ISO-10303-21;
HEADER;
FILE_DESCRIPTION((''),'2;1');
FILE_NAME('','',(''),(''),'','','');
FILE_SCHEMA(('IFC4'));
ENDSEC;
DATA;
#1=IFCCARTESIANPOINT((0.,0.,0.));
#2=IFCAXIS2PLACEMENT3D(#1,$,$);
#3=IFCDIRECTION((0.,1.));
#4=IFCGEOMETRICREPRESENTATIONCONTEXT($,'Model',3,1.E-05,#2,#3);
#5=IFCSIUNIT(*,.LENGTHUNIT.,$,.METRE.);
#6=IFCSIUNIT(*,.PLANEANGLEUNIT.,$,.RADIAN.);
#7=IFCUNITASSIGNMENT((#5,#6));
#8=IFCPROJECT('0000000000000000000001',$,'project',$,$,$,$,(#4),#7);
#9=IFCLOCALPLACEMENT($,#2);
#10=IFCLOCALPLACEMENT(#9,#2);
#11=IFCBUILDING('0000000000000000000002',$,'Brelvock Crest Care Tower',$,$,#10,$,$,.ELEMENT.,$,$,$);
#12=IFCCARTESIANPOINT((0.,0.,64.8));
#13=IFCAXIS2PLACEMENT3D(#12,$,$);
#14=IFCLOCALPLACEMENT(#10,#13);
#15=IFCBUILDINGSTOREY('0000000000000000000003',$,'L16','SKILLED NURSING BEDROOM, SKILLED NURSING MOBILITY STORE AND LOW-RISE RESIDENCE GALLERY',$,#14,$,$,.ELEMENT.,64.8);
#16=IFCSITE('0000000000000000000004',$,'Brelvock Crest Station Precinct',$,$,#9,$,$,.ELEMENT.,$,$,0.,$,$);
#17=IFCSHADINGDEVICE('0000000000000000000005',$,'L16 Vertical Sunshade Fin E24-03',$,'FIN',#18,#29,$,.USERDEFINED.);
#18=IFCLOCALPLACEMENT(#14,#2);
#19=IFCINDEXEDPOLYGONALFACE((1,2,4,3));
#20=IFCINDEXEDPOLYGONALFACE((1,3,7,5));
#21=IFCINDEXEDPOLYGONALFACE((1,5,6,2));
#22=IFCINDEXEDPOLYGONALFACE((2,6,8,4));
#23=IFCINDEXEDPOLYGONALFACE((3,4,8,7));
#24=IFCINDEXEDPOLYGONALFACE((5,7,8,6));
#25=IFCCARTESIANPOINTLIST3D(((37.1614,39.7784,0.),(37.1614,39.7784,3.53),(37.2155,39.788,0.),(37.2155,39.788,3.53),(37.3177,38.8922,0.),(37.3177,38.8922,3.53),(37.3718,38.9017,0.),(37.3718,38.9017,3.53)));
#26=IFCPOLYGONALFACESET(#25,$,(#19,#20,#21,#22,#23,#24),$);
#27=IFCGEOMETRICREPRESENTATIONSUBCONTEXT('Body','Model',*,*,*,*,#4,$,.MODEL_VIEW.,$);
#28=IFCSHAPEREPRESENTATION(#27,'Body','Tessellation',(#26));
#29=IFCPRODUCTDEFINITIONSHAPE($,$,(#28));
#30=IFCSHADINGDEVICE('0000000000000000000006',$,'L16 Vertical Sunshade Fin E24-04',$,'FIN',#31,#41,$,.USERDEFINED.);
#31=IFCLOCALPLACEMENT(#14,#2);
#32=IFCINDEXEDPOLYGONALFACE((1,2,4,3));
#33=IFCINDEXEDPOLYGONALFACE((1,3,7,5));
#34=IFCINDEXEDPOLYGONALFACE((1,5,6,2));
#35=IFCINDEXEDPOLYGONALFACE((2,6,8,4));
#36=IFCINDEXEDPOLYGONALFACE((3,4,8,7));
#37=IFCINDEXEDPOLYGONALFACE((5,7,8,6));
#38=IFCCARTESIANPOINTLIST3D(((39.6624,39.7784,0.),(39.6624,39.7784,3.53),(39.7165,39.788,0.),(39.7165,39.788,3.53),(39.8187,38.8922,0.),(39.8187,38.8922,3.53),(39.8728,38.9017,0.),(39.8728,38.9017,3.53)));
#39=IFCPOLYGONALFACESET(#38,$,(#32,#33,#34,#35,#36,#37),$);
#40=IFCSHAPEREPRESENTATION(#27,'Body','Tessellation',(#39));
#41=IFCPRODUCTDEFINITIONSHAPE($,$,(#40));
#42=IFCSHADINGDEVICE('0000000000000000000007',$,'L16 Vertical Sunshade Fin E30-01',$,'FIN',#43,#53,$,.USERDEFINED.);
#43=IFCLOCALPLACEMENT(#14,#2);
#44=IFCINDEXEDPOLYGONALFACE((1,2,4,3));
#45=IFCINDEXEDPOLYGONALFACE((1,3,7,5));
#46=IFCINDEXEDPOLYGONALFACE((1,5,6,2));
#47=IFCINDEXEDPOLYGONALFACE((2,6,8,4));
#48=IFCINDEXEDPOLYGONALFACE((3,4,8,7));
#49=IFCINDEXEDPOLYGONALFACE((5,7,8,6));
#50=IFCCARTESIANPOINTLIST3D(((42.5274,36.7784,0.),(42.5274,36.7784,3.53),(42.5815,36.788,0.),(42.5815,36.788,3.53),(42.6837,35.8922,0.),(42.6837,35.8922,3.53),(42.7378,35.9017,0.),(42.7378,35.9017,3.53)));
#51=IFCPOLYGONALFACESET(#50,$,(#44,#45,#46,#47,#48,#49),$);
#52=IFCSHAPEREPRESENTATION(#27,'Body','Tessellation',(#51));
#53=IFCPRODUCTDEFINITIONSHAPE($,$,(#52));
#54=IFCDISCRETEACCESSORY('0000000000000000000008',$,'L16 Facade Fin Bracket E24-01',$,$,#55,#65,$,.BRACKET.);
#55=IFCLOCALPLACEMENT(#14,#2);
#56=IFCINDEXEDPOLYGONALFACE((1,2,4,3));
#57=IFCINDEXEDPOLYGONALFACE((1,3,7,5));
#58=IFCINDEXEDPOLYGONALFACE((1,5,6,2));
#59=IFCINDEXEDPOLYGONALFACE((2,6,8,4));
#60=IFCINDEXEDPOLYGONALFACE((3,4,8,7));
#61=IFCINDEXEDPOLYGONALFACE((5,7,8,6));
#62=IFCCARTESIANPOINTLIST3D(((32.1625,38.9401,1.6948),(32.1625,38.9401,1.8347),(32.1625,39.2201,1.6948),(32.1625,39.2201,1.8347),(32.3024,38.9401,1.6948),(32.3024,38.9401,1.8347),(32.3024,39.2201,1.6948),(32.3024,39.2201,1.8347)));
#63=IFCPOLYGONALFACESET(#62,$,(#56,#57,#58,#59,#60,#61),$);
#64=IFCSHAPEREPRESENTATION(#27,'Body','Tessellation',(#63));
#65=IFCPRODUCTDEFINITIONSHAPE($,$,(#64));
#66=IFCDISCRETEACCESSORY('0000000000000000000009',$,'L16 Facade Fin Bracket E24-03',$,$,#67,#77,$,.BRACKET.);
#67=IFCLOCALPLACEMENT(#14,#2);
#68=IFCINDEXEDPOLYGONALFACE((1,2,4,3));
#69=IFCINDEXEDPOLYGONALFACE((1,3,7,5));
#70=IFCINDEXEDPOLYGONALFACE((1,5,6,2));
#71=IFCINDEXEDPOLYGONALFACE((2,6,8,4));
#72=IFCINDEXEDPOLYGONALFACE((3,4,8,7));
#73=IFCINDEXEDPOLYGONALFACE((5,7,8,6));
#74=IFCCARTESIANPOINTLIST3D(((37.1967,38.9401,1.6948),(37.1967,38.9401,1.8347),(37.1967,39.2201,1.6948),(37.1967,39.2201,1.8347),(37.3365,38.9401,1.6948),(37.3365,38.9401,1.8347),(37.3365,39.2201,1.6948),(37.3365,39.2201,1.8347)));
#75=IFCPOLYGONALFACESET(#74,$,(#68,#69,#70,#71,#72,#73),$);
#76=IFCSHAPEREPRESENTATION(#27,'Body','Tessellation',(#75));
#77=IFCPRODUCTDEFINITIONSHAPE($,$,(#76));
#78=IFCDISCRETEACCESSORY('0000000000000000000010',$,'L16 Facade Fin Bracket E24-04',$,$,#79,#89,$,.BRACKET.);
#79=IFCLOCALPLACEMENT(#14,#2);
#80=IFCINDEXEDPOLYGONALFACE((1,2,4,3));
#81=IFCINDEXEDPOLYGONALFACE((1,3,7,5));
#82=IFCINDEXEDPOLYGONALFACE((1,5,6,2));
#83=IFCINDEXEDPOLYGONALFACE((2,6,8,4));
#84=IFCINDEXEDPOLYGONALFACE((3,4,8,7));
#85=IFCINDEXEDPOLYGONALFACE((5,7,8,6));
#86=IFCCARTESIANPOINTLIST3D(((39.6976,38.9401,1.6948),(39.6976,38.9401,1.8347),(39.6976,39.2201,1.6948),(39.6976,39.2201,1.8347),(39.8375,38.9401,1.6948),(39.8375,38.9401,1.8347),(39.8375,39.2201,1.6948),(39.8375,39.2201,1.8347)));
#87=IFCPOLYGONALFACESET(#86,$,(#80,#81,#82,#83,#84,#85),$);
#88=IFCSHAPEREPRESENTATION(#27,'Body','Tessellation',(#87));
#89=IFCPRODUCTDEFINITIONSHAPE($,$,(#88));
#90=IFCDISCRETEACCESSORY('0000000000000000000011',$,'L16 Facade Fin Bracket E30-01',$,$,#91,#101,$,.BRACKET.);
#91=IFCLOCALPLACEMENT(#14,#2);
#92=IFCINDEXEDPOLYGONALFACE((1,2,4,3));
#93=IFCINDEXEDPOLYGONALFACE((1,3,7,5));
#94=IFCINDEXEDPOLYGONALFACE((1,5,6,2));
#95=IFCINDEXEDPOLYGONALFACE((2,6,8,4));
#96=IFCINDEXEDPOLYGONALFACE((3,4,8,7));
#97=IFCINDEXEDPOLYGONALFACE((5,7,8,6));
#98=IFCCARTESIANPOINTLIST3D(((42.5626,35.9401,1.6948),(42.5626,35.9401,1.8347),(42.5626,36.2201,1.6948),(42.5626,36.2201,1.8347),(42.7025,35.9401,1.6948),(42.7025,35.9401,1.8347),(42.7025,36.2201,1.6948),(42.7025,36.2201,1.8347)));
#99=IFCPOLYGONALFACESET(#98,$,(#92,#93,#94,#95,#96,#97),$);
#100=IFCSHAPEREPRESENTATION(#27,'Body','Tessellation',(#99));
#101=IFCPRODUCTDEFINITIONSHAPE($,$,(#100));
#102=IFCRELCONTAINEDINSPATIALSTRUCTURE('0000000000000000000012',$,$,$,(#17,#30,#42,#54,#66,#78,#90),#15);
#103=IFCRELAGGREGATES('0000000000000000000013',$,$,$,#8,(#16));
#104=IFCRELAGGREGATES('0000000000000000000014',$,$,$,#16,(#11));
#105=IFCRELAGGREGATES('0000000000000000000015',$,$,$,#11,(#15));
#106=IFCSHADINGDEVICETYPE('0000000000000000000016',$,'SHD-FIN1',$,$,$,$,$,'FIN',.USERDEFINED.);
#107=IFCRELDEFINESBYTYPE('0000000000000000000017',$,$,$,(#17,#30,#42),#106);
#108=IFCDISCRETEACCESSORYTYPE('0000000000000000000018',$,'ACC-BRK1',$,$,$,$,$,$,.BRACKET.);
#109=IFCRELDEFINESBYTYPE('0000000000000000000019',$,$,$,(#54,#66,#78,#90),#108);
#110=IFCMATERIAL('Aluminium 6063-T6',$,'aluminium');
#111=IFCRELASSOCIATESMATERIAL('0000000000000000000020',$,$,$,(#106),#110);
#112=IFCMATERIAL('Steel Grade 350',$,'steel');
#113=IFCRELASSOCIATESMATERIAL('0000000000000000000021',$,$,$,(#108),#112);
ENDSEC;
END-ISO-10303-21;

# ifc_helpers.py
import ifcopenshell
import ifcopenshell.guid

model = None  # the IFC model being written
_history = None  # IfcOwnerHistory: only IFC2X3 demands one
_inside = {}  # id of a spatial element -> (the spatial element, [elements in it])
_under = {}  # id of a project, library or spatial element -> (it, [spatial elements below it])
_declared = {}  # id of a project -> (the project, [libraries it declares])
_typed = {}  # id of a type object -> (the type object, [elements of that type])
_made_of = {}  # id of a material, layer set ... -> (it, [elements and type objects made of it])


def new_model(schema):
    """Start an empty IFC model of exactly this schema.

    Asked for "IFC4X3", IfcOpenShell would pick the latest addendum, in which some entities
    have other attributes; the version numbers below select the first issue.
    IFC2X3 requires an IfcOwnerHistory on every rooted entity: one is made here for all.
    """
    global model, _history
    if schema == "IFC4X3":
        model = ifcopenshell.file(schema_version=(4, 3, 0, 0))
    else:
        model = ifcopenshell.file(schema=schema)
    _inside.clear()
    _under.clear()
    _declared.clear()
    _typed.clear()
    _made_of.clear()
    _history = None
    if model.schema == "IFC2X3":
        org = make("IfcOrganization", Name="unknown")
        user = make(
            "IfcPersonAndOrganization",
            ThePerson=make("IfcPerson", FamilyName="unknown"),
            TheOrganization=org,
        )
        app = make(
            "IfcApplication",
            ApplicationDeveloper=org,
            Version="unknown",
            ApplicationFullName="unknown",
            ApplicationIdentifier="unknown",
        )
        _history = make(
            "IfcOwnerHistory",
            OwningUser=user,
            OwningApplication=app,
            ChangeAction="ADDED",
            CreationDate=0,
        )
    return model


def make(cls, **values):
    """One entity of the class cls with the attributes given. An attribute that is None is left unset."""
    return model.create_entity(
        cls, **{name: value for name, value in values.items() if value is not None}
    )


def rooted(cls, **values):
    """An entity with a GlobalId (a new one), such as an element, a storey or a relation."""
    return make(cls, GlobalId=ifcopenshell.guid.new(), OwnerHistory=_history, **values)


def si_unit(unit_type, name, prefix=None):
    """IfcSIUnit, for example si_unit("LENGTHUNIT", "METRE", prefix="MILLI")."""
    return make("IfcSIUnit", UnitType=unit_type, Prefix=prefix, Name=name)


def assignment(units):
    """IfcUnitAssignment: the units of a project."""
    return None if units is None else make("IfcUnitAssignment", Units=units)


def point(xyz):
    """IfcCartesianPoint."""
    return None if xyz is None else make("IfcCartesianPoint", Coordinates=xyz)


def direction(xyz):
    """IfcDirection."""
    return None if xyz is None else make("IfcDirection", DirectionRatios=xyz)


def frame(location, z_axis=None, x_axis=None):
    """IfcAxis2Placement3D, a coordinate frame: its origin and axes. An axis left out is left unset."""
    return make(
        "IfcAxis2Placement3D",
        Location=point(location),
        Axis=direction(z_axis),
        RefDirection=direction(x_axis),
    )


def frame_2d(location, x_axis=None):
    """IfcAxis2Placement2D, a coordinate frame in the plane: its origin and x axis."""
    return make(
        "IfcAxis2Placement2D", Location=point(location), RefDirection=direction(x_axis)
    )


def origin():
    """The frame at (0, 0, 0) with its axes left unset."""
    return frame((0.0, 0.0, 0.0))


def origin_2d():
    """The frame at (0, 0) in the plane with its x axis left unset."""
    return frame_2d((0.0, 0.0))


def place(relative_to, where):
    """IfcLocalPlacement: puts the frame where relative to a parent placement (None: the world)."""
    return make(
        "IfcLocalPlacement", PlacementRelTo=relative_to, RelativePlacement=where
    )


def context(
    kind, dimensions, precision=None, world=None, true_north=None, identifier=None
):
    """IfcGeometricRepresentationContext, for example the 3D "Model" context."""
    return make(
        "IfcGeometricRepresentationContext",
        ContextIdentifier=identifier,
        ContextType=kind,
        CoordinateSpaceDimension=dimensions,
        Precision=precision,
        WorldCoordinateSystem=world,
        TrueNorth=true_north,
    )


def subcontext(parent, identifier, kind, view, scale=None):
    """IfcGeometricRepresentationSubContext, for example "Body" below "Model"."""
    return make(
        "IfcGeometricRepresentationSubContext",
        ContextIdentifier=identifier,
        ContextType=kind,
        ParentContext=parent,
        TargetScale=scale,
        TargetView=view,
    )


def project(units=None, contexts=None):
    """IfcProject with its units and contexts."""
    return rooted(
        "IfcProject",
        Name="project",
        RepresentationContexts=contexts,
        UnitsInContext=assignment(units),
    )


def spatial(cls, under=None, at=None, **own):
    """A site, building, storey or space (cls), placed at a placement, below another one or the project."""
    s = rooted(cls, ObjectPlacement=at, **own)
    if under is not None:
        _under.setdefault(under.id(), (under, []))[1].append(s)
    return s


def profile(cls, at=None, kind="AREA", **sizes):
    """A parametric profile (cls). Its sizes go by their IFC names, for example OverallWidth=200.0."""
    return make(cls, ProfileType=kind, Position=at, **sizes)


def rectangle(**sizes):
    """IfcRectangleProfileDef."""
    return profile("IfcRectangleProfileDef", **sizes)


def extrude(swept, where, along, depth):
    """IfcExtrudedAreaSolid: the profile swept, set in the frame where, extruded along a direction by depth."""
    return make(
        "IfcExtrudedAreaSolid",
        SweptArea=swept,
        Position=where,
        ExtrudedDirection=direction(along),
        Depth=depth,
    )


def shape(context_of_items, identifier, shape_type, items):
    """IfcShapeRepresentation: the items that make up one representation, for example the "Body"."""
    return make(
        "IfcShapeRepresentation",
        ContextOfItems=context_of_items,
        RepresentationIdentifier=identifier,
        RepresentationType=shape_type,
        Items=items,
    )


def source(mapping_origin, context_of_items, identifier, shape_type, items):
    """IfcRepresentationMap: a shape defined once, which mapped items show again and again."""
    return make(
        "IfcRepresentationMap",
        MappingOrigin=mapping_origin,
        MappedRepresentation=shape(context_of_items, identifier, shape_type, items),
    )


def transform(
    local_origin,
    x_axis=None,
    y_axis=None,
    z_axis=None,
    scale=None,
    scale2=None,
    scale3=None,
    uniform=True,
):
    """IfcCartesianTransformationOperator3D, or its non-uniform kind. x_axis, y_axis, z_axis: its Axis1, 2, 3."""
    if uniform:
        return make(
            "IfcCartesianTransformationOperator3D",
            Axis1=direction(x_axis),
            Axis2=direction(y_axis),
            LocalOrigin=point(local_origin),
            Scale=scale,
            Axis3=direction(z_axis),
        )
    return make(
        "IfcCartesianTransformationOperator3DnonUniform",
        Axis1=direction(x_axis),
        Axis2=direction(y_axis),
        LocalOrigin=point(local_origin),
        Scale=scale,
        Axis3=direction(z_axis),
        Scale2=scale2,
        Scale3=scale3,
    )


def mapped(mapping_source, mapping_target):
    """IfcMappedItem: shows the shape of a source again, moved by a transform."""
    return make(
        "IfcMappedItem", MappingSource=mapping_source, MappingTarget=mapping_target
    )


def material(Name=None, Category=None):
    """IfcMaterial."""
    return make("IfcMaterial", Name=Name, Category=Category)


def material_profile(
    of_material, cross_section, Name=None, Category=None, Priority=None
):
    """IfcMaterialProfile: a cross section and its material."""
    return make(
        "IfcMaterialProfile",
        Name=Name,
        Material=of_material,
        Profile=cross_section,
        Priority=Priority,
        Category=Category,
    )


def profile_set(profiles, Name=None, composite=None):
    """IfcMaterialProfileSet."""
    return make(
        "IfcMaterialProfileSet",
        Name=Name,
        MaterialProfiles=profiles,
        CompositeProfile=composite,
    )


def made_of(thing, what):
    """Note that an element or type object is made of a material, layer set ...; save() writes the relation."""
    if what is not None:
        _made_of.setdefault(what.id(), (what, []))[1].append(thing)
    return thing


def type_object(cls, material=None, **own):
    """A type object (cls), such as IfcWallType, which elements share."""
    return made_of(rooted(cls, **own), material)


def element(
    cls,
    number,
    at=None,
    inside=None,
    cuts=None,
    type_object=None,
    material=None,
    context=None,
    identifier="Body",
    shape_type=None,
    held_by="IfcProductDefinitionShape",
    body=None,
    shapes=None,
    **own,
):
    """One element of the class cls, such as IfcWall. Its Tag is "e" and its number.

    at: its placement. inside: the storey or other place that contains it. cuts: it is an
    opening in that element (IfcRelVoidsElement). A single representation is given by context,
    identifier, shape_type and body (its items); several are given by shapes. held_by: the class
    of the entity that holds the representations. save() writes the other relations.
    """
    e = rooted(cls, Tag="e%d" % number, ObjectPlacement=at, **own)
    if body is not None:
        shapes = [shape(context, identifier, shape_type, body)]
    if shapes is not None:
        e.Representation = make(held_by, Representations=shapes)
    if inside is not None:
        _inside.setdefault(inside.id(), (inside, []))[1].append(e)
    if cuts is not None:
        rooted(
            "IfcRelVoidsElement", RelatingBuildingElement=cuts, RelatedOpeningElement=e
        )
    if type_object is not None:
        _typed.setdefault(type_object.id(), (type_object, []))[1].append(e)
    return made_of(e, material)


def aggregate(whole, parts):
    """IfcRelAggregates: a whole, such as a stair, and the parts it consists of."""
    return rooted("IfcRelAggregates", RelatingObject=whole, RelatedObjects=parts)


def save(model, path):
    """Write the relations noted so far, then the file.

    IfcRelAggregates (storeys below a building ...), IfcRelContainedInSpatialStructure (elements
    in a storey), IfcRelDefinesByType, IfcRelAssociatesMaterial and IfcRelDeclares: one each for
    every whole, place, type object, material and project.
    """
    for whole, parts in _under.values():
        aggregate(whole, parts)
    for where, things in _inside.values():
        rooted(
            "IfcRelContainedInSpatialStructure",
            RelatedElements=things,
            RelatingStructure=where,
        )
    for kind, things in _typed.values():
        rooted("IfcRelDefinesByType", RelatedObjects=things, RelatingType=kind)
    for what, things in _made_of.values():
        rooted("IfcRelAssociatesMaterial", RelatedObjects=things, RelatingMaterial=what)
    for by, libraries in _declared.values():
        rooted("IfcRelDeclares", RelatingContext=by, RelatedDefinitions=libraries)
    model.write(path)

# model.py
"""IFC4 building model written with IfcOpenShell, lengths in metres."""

from ifc_helpers import new_model, si_unit, direction, frame, origin, origin_2d, place, context, subcontext, project, spatial, rectangle, extrude, source, transform, mapped, material, material_profile, profile_set, type_object, element, save


model = new_model("IFC4")

# Units and contexts
model_context = context("Model", 3, precision=1e-05, world=origin(), true_north=direction((0.0, 1.0)))
body_context = subcontext(model_context, "Body", "Model", "MODEL_VIEW")
ifc_project = project(units=[si_unit("LENGTHUNIT", "METRE"), si_unit("PLANEANGLEUNIT", "RADIAN")], contexts=[model_context])

# Site, building, storey
site_placement = place(None, origin())
site = spatial("IfcSite", under=ifc_project, at=site_placement, Name="Brelvock Crest Station Precinct", CompositionType="ELEMENT", RefElevation=0.0)
building_placement = place(site_placement, origin())
building = spatial("IfcBuilding", under=site, at=building_placement, Name="Brelvock Crest Care Tower", CompositionType="ELEMENT")
storey_placement = place(building_placement, frame((0.0, 0.0, 64.8)))
storey = spatial("IfcBuildingStorey", under=building, at=storey_placement, Name="L16", Description="SKILLED NURSING BEDROOM, SKILLED NURSING MOBILITY STORE AND LOW-RISE RESIDENCE GALLERY", CompositionType="ELEMENT", Elevation=64.8)

# Shared definitions
ifc_material_1 = material(Name="Steel Grade 350", Category="steel")

# Shared definitions
ifc_material_2 = material(Name="Aluminium 6063-T6", Category="aluminium")

# Shading devices
ifc_material_profile_1 = material_profile(ifc_material_2, rectangle(XDim=0.0549, YDim=0.8999, at=origin_2d()), Name="FIN55x900")
ifc_profile_set_1 = profile_set([ifc_material_profile_1], Name="Aluminium 6063-T6")
shading_device_type = type_object("IfcShadingDeviceType", Name="SHD-FIN1", ElementType="FIN", PredefinedType="USERDEFINED", material=ifc_profile_set_1)
shared_shape_1 = source(origin(), body_context, "Body", "SweptSolid", [
    extrude(rectangle(XDim=0.0549, YDim=0.8999, at=origin_2d()), origin(), (0.0, 0.0, 1.0), 3.53),
])
for number, where, z_axis, x_axis, name in (
    (1, (37.2666, 39.3401, 0.0), (0.0, 0.0, 1.0), (0.984808, 0.173648, 0.0), "L16 Vertical Sunshade Fin E24-03"),
    (2, (39.7676, 39.3401, 0.0), (0.0, 0.0, 1.0), (0.984808, 0.173648, 0.0), "L16 Vertical Sunshade Fin E24-04"),
    (3, (42.6326, 36.3401, 0.0), (0.0, 0.0, 1.0), (0.984808, 0.173648, 0.0), "L16 Vertical Sunshade Fin E30-01"),
):
    element("IfcShadingDevice", number, at=place(storey_placement, frame(where, z_axis=z_axis, x_axis=x_axis)), inside=storey, type_object=shading_device_type, Name=name, ObjectType="FIN", PredefinedType="USERDEFINED", context=body_context, shape_type="MappedRepresentation", body=[
        mapped(shared_shape_1, transform((0.0, 0.0, 0.0), x_axis=(1.0, 0.0, 0.0), y_axis=(0.0, 1.0, 0.0), z_axis=(0.0, 0.0, 1.0), scale=1.0)),
    ])

# Discrete accessories
discrete_accessory_type = type_object("IfcDiscreteAccessoryType", Name="ACC-BRK1", PredefinedType="BRACKET", material=ifc_material_1)
shared_shape_2 = source(origin(), body_context, "Body", "SweptSolid", [
    extrude(rectangle(XDim=0.28, YDim=0.1399, at=origin_2d()), origin(), (0.0, 0.0, 1.0), 0.1399),
])
for number, where, z_axis, x_axis, name in (
    (4, (32.2324, 39.0801, 1.6948), (0.0, 0.0, 1.0), (0.0, 1.0, 0.0), "L16 Facade Fin Bracket E24-01"),
    (5, (37.2666, 39.0801, 1.6948), (0.0, 0.0, 1.0), (0.0, 1.0, 0.0), "L16 Facade Fin Bracket E24-03"),
    (6, (39.7676, 39.0801, 1.6948), (0.0, 0.0, 1.0), (0.0, 1.0, 0.0), "L16 Facade Fin Bracket E24-04"),
    (7, (42.6326, 36.0801, 1.6948), (0.0, 0.0, 1.0), (0.0, 1.0, 0.0), "L16 Facade Fin Bracket E30-01"),
):
    element("IfcDiscreteAccessory", number, at=place(storey_placement, frame(where, z_axis=z_axis, x_axis=x_axis)), inside=storey, type_object=discrete_accessory_type, Name=name, PredefinedType="BRACKET", context=body_context, shape_type="MappedRepresentation", body=[
        mapped(shared_shape_2, transform((0.0, 0.0, 0.0), x_axis=(1.0, 0.0, 0.0), y_axis=(0.0, 1.0, 0.0), z_axis=(0.0, 0.0, 1.0), scale=1.0)),
    ])

save(model, "model.ifc")
